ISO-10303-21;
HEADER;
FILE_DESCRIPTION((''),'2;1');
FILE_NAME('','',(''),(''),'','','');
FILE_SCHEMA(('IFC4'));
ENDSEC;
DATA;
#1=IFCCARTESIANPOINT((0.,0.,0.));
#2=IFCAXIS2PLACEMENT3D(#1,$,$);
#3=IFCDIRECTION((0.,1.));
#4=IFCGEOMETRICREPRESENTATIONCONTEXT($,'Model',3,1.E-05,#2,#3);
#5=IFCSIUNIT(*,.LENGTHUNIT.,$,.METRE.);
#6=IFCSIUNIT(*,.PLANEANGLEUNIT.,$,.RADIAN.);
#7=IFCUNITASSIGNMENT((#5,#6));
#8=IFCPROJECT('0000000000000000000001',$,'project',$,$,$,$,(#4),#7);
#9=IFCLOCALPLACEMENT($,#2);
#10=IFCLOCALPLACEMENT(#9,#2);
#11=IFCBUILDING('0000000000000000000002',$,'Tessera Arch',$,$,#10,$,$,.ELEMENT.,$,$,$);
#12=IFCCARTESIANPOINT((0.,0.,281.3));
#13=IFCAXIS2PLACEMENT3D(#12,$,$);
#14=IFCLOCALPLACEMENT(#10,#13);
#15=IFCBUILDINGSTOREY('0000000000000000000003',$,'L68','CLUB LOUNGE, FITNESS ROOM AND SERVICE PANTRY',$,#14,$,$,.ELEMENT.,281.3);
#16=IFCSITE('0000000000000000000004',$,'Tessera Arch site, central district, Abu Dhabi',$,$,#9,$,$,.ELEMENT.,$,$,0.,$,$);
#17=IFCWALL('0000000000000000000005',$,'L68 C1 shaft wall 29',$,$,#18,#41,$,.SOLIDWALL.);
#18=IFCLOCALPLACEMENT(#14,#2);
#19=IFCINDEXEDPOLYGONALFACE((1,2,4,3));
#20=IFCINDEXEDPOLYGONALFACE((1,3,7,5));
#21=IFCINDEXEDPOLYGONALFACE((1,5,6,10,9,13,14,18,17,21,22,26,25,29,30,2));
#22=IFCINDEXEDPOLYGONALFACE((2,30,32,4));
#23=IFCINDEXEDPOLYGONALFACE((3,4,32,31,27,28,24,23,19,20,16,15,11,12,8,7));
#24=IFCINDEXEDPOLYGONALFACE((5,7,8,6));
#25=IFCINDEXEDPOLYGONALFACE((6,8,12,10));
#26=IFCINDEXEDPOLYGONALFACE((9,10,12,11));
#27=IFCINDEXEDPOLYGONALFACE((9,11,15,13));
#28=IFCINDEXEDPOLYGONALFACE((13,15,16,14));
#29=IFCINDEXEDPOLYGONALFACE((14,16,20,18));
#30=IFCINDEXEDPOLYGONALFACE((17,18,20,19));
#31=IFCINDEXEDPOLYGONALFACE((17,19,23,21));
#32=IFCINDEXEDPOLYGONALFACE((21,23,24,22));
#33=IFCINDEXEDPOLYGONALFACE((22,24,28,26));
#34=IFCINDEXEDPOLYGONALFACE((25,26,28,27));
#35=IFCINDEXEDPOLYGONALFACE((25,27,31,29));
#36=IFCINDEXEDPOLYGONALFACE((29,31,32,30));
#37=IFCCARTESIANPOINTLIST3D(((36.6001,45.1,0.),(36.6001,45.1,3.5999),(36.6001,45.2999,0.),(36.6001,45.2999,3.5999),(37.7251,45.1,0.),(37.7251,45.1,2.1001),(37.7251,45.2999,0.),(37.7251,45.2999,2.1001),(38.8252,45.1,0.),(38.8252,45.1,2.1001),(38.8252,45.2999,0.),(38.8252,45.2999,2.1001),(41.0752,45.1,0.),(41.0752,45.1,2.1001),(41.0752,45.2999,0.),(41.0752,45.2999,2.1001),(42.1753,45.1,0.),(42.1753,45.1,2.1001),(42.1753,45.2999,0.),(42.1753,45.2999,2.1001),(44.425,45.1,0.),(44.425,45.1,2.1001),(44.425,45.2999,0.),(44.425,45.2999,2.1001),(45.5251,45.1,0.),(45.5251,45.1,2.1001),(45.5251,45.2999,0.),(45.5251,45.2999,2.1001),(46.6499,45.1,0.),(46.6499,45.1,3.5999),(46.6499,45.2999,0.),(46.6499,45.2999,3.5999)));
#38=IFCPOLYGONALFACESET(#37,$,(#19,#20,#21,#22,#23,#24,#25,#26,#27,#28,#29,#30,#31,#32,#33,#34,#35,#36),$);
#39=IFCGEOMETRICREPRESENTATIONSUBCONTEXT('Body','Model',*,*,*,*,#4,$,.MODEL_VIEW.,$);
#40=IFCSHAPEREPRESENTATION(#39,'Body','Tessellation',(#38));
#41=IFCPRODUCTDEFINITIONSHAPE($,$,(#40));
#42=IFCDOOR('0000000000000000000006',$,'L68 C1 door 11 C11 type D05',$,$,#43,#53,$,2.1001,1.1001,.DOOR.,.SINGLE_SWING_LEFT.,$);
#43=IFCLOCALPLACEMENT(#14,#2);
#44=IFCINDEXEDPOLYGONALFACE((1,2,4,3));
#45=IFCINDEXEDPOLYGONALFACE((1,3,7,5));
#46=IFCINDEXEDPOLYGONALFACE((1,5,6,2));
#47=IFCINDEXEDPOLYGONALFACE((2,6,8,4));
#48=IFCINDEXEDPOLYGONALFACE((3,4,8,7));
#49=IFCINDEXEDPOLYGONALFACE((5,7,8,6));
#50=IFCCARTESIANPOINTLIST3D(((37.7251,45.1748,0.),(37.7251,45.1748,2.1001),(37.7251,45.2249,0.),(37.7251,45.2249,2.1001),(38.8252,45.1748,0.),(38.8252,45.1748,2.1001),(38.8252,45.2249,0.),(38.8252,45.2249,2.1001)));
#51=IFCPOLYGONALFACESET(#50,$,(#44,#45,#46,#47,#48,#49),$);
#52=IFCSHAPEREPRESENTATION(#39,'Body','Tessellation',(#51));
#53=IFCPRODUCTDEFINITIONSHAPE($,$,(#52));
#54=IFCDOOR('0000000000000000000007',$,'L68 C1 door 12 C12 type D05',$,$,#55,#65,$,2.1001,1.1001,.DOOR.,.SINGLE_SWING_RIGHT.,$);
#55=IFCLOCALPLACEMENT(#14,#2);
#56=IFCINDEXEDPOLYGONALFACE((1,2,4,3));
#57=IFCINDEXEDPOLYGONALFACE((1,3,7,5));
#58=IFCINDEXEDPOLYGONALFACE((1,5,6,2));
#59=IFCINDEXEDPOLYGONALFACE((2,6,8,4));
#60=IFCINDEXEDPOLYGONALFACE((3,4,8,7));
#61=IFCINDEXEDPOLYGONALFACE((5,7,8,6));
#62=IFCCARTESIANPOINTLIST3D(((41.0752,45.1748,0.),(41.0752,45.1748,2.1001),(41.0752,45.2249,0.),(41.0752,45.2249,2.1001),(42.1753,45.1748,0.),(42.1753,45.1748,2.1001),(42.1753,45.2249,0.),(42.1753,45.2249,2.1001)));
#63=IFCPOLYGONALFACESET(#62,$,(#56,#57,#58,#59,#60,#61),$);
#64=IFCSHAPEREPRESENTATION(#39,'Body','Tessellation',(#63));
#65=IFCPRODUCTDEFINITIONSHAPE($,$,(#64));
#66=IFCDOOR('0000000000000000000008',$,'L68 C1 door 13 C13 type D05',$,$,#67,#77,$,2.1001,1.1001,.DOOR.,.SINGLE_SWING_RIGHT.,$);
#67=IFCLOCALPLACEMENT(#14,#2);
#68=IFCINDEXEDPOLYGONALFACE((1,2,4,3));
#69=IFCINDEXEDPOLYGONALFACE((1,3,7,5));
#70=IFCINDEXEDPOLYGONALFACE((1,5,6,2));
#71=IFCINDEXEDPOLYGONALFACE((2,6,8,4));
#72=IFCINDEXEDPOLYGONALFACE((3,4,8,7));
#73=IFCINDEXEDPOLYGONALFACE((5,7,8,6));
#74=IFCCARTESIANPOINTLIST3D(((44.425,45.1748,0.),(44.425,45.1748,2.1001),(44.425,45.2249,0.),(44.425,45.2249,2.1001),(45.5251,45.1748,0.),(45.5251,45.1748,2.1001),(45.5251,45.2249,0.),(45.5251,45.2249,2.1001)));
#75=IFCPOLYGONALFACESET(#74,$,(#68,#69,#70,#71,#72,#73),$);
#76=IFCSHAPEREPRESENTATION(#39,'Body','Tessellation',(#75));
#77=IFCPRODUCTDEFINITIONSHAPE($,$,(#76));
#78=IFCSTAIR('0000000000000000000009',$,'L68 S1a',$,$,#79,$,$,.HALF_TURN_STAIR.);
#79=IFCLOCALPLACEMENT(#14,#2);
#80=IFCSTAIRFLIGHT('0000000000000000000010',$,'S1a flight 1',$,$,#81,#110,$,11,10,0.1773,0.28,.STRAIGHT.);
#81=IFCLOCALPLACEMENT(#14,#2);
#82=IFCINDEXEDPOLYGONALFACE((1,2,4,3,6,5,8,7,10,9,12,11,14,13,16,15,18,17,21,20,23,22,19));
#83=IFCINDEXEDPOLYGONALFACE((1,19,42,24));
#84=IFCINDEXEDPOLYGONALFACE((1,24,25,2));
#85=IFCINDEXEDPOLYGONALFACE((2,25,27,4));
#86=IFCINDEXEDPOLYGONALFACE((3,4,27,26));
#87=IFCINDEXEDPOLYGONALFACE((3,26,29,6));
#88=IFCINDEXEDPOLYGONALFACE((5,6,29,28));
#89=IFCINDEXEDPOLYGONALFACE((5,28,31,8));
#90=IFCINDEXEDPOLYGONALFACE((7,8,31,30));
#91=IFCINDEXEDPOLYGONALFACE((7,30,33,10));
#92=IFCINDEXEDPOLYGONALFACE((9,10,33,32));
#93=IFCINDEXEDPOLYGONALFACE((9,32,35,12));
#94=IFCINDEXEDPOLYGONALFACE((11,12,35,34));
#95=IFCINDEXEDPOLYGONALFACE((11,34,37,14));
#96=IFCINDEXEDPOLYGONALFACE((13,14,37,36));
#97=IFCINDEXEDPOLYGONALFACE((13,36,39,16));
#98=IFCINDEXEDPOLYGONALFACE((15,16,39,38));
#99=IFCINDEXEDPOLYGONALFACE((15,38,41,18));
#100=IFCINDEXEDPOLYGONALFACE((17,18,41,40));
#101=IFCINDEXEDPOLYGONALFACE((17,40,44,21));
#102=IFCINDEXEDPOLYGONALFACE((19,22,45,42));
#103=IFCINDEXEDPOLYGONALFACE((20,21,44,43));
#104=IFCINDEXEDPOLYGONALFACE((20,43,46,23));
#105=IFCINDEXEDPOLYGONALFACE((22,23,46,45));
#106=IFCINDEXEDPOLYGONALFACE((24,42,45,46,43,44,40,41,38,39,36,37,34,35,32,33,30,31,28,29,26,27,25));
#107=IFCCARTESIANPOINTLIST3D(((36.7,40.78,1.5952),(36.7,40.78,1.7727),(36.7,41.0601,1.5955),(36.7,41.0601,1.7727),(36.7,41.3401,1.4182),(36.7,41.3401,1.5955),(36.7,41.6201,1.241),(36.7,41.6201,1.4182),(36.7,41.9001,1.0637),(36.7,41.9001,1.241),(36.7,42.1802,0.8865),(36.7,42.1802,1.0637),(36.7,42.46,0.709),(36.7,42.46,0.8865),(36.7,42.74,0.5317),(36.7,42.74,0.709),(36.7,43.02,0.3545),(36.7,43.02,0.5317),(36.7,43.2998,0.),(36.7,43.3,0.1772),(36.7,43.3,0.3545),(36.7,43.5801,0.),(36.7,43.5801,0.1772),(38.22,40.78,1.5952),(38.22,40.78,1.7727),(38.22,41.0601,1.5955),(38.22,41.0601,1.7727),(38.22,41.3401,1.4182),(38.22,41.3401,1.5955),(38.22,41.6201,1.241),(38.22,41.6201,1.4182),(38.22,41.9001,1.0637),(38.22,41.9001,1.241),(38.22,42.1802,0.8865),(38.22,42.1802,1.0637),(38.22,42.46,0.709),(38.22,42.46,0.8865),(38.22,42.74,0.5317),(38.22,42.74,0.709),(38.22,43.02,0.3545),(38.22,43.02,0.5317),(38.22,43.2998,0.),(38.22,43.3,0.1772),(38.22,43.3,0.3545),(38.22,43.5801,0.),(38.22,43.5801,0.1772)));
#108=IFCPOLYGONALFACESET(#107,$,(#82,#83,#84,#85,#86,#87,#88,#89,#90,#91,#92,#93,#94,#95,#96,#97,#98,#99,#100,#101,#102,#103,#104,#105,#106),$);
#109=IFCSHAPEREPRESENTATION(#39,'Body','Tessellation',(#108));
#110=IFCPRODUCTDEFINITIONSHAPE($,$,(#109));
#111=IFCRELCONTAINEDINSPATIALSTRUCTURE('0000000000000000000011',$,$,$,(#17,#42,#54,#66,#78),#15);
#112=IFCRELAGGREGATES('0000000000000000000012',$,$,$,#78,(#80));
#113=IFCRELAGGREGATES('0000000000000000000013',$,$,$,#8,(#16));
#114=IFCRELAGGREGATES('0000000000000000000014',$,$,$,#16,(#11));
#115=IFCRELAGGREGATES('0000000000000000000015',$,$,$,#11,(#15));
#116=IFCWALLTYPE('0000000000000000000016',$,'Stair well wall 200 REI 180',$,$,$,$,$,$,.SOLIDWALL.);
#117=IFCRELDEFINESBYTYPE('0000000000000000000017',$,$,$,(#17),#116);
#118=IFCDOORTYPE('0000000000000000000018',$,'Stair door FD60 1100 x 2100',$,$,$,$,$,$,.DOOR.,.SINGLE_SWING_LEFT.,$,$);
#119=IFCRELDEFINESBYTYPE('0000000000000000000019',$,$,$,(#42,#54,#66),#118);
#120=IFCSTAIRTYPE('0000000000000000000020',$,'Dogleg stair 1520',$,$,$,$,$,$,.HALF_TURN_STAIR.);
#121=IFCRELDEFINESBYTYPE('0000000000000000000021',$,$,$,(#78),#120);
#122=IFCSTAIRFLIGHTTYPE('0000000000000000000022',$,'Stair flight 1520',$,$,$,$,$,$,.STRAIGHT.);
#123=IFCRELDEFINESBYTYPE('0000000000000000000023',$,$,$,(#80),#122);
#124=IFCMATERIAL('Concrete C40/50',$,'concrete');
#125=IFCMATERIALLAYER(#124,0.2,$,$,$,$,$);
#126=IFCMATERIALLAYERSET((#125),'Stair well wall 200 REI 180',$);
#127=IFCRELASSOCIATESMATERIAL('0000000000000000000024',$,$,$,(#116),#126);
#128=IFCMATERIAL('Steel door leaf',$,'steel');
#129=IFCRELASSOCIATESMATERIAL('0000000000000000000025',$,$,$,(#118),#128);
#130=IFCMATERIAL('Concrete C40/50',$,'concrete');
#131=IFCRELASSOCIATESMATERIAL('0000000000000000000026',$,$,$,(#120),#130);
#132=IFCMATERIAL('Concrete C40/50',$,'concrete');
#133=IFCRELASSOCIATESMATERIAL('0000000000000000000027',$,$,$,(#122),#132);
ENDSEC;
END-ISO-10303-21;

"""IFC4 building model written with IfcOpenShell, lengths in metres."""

from ifc_helpers import new_model, si_unit, direction, frame, frame_2d, origin, place, context, subcontext, project, spatial, polyline, rectangle, outline, extrude, material, layer, layer_set, type_object, element, fill, aggregate, save


model = new_model("IFC4")

# Units and contexts
model_context = context("Model", 3, precision=1e-05, world=origin(), true_north=direction((0.0, 1.0)))
body_context = subcontext(model_context, "Body", "Model", "MODEL_VIEW")
ifc_project = project(units=[si_unit("LENGTHUNIT", "METRE"), si_unit("PLANEANGLEUNIT", "RADIAN")], contexts=[model_context])

# Site, building, storey
site_placement = place(None, origin())
site = spatial("IfcSite", under=ifc_project, at=site_placement, Name="Tessera Arch site, central district, Abu Dhabi", CompositionType="ELEMENT", RefElevation=0.0)
building_placement = place(site_placement, origin())
building = spatial("IfcBuilding", under=site, at=building_placement, Name="Tessera Arch", CompositionType="ELEMENT")
storey_placement = place(building_placement, frame((0.0, 0.0, 281.3)))
storey = spatial("IfcBuildingStorey", under=building, at=storey_placement, Name="L68", Description="CLUB LOUNGE, FITNESS ROOM AND SERVICE PANTRY", CompositionType="ELEMENT", Elevation=281.3)

# Shared definitions
ifc_material_1 = material(Name="Concrete C40/50", Category="concrete")
ifc_layer_1 = layer(ifc_material_1, 0.2)
ifc_layer_set_1 = layer_set([ifc_layer_1], Name="Stair well wall 200 REI 180")
wall_type_1 = type_object("IfcWallType", Name="Stair well wall 200 REI 180", PredefinedType="SOLIDWALL", material=ifc_layer_set_1)

# Wall, openings, doors
wall_1_placement = place(storey_placement, frame((36.6001, 45.2, 0.0), z_axis=(0.0, 0.0, 1.0), x_axis=(1.0, 0.0, 0.0)))
wall_1 = element("IfcWall", 1, at=wall_1_placement, inside=storey, type_object=wall_type_1, Name="L68 C1 shaft wall 29", PredefinedType="SOLIDWALL", context=body_context, shape_type="SweptSolid", body=[
    extrude(rectangle(XDim=10.0498, YDim=0.2, at=frame_2d((5.0249, 0.0))), origin(), (0.0, 0.0, 1.0), 3.5999),
])
opening_1_placement = place(wall_1_placement, frame((1.125, 0.0, 0.0)))
opening_1 = element("IfcOpeningElement", 2, at=opening_1_placement, cuts=wall_1, PredefinedType="OPENING", context=body_context, shape_type="SweptSolid", body=[
    extrude(rectangle(XDim=1.1001, YDim=2.1001, at=frame_2d((0.55, 1.05))), frame((0.0, 0.1099, 0.0), z_axis=(0.0, -1.0, 0.0), x_axis=(1.0, 0.0, 0.0)), (0.0, 0.0, 1.0), 0.22),
])
opening_2_placement = place(wall_1_placement, frame((4.4751, 0.0, 0.0)))
opening_2 = element("IfcOpeningElement", 3, at=opening_2_placement, cuts=wall_1, PredefinedType="OPENING", context=body_context, shape_type="SweptSolid", body=[
    extrude(rectangle(XDim=1.1001, YDim=2.1001, at=frame_2d((0.55, 1.05))), frame((0.0, 0.1099, 0.0), z_axis=(0.0, -1.0, 0.0), x_axis=(1.0, 0.0, 0.0)), (0.0, 0.0, 1.0), 0.22),
])
opening_3_placement = place(wall_1_placement, frame((7.825, 0.0, 0.0)))
opening_3 = element("IfcOpeningElement", 4, at=opening_3_placement, cuts=wall_1, PredefinedType="OPENING", context=body_context, shape_type="SweptSolid", body=[
    extrude(rectangle(XDim=1.1001, YDim=2.1001, at=frame_2d((0.55, 1.05))), frame((0.0, 0.1099, 0.0), z_axis=(0.0, -1.0, 0.0), x_axis=(1.0, 0.0, 0.0)), (0.0, 0.0, 1.0), 0.22),
])
ifc_material_2 = material(Name="Steel door leaf", Category="steel")
door_type_1 = type_object("IfcDoorType", Name="Stair door FD60 1100 x 2100", OperationType="SINGLE_SWING_LEFT", PredefinedType="DOOR", material=ifc_material_2)
door_1_placement = place(opening_1_placement, origin())
door_1 = element("IfcDoor", 5, at=door_1_placement, inside=storey, type_object=door_type_1, Name="L68 C1 door 11 C11 type D05", OperationType="SINGLE_SWING_LEFT", OverallHeight=2.1001, OverallWidth=1.1001, PredefinedType="DOOR", context=body_context, shape_type="SweptSolid", body=[
    extrude(rectangle(XDim=1.1001, YDim=2.1001, at=frame_2d((0.55, 1.05))), frame((0.0, 0.0249, 0.0), z_axis=(0.0, -1.0, 0.0), x_axis=(1.0, 0.0, 0.0)), (0.0, 0.0, 1.0), 0.05),
])
fill(opening_1, door_1)
door_2_placement = place(opening_2_placement, origin())
door_2 = element("IfcDoor", 6, at=door_2_placement, inside=storey, type_object=door_type_1, Name="L68 C1 door 12 C12 type D05", OperationType="SINGLE_SWING_RIGHT", OverallHeight=2.1001, OverallWidth=1.1001, PredefinedType="DOOR", context=body_context, shape_type="SweptSolid", body=[
    extrude(rectangle(XDim=1.1001, YDim=2.1001, at=frame_2d((0.55, 1.05))), frame((0.0, 0.0249, 0.0), z_axis=(0.0, -1.0, 0.0), x_axis=(1.0, 0.0, 0.0)), (0.0, 0.0, 1.0), 0.05),
])
fill(opening_2, door_2)
door_3_placement = place(opening_3_placement, origin())
door_3 = element("IfcDoor", 7, at=door_3_placement, inside=storey, type_object=door_type_1, Name="L68 C1 door 13 C13 type D05", OperationType="SINGLE_SWING_RIGHT", OverallHeight=2.1001, OverallWidth=1.1001, PredefinedType="DOOR", context=body_context, shape_type="SweptSolid", body=[
    extrude(rectangle(XDim=1.1001, YDim=2.1001, at=frame_2d((0.55, 1.05))), frame((0.0, 0.0249, 0.0), z_axis=(0.0, -1.0, 0.0), x_axis=(1.0, 0.0, 0.0)), (0.0, 0.0, 1.0), 0.05),
])
fill(opening_3, door_3)

# Stair, stair flight
ifc_material_3 = material(Name="Concrete C40/50", Category="concrete")
stair_type = type_object("IfcStairType", Name="Dogleg stair 1520", PredefinedType="HALF_TURN_STAIR", material=ifc_material_3)
stair_placement = place(storey_placement, origin())
stair = element("IfcStair", 8, at=stair_placement, inside=storey, type_object=stair_type, Name="L68 S1a", PredefinedType="HALF_TURN_STAIR")
ifc_material_4 = material(Name="Concrete C40/50", Category="concrete")
stair_flight_type = type_object("IfcStairFlightType", Name="Stair flight 1520", PredefinedType="STRAIGHT", material=ifc_material_4)
stair_flight_placement = place(storey_placement, frame((37.46, 43.5801, 0.0), z_axis=(0.0, 0.0, 1.0), x_axis=(0.0, -1.0, 0.0)))
stair_flight = element("IfcStairFlight", 9, at=stair_flight_placement, type_object=stair_flight_type, Name="S1a flight 1", NumberOfRisers=11, NumberOfTreads=10, PredefinedType="STRAIGHT", RiserHeight=0.1773, TreadLength=0.28, context=body_context, shape_type="SweptSolid", body=[
    extrude(outline(polyline([(0.0, 0.0), (0.0, 0.1772), (0.28, 0.1772), (0.28, 0.3545), (0.5601, 0.3545), (0.5601, 0.5317), (0.8401, 0.5317), (0.8401, 0.709), (1.1201, 0.709), (1.1201, 0.8865), (1.3999, 0.8865), (1.3999, 1.0637), (1.6799, 1.0637), (1.6799, 1.241), (1.96, 1.241), (1.96, 1.4182), (2.24, 1.4182), (2.24, 1.5955), (2.52, 1.5955), (2.52, 1.7727), (2.8, 1.7727), (2.8, 1.95), (2.8, 1.5952), (0.2803, 0.0), (0.0, 0.0)])), frame((0.0, 0.76, 0.0), z_axis=(0.0, -1.0, 0.0), x_axis=(1.0, 0.0, 0.0)), (0.0, 0.0, 1.0), 1.52),
])
aggregate(stair, [stair_flight])

save(model, "model.ifc")
